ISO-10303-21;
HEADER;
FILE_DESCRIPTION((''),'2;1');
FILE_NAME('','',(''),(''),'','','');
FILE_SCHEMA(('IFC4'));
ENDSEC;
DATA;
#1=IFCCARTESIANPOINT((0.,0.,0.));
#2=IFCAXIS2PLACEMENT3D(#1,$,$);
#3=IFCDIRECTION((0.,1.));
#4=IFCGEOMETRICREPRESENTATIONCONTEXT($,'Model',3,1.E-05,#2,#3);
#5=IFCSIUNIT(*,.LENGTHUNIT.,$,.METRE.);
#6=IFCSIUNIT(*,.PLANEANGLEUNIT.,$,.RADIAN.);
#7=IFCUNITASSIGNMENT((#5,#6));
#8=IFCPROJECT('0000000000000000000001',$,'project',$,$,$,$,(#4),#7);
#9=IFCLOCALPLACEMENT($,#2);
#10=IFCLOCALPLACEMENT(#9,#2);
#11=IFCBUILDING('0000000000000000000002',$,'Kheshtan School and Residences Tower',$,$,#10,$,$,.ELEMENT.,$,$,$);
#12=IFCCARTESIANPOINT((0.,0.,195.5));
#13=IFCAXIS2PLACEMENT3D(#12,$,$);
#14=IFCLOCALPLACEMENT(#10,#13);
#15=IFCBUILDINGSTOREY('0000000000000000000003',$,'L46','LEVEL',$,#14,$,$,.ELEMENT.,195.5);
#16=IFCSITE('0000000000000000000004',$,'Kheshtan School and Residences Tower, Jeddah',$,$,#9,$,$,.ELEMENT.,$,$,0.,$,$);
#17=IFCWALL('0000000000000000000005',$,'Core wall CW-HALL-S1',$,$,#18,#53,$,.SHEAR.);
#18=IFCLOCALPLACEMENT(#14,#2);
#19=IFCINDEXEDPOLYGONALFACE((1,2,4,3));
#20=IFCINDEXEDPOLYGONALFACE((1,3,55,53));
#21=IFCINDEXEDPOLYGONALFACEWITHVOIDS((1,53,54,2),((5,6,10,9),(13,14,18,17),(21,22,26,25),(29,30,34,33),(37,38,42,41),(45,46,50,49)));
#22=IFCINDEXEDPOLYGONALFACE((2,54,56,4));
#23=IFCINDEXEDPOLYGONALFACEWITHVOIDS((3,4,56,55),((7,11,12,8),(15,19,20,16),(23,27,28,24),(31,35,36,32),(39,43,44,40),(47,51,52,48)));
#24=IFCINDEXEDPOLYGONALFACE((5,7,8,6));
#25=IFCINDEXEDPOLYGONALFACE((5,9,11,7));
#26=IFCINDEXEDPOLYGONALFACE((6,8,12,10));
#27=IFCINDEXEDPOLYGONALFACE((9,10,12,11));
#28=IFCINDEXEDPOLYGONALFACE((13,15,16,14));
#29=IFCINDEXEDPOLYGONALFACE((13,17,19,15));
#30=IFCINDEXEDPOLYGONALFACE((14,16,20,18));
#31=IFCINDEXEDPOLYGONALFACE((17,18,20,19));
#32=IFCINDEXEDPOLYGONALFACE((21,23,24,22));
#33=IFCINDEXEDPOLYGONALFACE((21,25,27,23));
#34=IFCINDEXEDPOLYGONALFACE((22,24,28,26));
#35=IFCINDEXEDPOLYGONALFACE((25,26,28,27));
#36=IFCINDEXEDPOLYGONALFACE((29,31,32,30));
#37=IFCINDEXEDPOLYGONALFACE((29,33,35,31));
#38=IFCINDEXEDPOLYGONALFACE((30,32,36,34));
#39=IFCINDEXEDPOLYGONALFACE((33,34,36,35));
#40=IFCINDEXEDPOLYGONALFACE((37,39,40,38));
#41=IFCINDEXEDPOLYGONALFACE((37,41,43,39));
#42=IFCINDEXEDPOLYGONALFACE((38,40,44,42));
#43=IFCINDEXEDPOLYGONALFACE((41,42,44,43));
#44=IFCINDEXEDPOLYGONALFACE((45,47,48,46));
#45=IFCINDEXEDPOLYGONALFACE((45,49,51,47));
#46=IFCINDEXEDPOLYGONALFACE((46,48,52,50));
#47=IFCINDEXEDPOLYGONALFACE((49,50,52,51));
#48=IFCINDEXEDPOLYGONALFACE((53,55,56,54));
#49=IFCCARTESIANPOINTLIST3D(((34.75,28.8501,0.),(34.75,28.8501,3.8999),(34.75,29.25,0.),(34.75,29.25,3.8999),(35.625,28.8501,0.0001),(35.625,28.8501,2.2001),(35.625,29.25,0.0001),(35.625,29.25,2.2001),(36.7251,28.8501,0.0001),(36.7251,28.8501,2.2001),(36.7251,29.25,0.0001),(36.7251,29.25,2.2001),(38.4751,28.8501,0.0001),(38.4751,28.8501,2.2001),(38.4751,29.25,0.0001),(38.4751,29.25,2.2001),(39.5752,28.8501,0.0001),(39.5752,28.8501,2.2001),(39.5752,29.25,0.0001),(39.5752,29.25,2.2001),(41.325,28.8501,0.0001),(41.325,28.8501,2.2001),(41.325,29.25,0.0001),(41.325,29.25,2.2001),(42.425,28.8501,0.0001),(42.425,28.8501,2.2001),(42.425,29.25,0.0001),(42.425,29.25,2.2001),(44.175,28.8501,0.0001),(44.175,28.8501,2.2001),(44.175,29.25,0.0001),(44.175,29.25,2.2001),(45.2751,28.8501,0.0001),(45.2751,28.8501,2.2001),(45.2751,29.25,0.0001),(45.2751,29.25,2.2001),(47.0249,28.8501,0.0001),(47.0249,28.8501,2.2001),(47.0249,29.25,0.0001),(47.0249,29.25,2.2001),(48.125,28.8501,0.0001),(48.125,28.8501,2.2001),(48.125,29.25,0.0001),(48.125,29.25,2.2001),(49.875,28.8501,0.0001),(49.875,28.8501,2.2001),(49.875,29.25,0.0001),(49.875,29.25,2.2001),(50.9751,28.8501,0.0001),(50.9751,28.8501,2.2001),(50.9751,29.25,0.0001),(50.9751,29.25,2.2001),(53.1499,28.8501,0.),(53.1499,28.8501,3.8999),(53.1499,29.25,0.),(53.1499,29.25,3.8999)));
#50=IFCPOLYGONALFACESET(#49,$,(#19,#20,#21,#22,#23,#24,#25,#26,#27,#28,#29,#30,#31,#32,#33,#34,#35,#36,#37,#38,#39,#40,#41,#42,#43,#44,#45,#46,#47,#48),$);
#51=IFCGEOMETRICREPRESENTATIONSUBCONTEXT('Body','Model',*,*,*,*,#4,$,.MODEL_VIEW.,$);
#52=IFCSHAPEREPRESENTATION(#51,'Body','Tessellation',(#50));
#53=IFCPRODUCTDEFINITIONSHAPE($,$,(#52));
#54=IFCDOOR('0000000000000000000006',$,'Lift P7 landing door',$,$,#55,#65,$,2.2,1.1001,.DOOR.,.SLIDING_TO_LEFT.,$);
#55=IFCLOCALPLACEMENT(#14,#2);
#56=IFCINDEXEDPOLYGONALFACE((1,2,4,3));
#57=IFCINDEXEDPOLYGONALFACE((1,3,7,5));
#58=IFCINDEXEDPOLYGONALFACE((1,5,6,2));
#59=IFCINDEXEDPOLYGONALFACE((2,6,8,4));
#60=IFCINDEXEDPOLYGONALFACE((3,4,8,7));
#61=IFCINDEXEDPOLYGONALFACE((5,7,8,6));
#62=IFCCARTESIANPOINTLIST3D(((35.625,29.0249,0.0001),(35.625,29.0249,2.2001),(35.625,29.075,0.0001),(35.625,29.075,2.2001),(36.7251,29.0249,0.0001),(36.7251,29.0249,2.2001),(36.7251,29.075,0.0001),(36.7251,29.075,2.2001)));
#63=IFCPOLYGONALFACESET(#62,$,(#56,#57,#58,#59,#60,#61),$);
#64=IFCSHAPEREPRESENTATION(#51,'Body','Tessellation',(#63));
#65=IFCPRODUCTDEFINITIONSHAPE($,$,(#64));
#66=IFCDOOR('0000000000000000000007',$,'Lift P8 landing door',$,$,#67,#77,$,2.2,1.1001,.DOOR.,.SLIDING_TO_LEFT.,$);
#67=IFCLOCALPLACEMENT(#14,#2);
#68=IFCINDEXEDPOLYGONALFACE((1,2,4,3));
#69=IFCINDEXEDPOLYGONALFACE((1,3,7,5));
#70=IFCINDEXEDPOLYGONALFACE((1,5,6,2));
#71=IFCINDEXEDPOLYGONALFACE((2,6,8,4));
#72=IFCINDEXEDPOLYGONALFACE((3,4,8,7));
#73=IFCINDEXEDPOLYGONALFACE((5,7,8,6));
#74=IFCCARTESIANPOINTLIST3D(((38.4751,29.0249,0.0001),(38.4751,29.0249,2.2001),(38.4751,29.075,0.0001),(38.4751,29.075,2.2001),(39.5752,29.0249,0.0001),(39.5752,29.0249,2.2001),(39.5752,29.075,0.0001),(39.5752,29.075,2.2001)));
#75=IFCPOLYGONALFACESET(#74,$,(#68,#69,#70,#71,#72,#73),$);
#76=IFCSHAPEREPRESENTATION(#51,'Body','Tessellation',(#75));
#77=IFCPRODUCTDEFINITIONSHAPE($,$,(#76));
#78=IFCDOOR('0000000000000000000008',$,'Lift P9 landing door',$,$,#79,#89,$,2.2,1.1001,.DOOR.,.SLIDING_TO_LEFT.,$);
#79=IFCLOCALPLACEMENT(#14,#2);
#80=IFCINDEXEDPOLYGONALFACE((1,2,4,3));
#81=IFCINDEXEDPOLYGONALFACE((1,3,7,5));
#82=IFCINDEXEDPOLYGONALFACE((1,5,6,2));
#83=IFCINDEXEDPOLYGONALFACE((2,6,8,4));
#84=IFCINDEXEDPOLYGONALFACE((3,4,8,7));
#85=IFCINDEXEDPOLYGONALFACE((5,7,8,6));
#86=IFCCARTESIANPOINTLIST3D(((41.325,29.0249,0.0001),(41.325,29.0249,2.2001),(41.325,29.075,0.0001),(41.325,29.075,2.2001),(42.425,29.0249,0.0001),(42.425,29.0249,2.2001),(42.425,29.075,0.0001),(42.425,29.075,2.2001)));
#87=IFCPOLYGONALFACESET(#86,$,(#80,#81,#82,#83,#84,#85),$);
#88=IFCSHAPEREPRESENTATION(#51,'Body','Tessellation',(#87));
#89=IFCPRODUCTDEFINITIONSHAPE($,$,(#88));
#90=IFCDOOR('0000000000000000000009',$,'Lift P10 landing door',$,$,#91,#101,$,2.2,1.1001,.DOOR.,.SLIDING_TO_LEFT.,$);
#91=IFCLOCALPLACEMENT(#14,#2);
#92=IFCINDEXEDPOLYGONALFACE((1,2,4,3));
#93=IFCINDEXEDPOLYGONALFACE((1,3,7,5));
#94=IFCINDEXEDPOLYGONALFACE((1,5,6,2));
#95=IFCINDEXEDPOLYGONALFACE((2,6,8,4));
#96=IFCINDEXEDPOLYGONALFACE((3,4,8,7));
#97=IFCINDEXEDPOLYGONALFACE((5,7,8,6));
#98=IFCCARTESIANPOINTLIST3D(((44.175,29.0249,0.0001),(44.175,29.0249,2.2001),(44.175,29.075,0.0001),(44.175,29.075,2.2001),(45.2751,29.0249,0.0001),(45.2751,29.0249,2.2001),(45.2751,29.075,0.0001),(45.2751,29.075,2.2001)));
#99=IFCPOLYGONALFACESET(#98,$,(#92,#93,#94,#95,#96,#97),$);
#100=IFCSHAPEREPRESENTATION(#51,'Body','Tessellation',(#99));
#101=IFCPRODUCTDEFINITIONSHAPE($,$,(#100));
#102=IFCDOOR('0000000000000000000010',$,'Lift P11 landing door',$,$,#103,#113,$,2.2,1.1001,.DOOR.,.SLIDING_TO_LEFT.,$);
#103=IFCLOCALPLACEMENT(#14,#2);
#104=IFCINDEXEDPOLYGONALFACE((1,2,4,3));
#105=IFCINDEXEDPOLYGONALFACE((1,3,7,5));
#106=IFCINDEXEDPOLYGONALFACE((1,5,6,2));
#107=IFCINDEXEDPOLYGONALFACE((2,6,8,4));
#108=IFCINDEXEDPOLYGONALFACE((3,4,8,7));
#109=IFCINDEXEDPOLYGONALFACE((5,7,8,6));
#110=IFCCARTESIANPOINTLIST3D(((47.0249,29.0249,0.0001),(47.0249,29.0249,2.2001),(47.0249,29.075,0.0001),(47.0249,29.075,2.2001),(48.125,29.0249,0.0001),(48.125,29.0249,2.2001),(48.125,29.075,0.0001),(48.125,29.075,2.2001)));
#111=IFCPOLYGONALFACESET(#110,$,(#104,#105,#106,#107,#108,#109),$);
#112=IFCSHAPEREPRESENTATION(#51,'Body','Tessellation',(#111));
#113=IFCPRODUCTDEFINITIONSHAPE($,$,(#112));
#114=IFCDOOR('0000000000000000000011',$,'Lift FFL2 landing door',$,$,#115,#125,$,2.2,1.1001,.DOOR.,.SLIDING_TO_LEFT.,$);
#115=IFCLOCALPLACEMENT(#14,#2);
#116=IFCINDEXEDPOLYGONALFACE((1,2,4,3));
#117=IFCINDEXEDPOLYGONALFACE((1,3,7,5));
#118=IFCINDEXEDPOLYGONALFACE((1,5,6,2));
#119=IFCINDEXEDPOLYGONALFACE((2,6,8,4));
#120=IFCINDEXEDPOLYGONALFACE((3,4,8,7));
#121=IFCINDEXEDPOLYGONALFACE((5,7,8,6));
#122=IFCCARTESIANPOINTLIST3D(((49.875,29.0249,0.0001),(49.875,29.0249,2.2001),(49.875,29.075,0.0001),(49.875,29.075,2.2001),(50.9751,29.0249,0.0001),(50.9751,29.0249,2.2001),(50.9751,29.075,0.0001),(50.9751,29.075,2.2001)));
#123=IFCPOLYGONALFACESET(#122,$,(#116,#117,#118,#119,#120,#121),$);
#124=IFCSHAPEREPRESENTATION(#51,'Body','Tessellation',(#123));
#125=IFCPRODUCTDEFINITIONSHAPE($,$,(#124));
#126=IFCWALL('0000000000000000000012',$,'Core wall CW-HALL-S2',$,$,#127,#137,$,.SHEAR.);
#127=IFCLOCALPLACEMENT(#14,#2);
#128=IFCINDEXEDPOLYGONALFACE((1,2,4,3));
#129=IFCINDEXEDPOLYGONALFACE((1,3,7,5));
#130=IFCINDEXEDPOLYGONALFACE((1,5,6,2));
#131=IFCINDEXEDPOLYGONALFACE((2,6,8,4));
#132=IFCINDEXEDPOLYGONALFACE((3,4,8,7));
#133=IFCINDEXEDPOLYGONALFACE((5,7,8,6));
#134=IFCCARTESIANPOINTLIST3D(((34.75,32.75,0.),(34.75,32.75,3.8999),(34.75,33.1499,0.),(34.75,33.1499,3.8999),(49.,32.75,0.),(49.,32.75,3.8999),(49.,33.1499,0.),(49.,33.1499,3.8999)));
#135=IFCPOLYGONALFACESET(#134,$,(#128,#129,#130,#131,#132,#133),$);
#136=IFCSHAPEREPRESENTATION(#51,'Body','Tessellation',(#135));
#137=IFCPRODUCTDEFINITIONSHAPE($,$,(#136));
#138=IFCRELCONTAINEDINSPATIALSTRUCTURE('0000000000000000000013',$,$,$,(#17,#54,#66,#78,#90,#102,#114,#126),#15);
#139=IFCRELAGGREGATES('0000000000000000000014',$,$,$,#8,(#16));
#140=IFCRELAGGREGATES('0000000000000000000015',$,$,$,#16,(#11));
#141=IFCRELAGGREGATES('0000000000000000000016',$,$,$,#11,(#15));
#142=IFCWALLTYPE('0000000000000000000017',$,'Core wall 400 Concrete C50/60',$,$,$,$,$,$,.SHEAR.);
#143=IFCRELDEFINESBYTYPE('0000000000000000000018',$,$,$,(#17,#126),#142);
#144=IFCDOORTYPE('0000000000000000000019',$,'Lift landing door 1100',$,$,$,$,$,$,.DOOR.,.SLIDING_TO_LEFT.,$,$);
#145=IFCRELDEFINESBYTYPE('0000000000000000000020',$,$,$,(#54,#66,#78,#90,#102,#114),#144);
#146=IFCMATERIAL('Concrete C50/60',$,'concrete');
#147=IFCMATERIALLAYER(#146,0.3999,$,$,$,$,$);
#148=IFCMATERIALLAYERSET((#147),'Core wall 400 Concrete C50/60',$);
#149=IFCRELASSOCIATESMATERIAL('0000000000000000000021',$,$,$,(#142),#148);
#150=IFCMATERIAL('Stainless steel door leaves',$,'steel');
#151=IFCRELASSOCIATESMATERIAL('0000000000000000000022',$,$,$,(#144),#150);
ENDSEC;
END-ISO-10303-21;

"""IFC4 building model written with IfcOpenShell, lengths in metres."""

from ifc_helpers import new_model, si_unit, direction, frame, frame_2d, origin, place, context, subcontext, project, spatial, rectangle, extrude, source, transform, mapped, material, layer, layer_set, type_object, element, fill, save


model = new_model("IFC4")

# Units and contexts
model_context = context("Model", 3, precision=1e-05, world=origin(), true_north=direction((0.0, 1.0)))
body_context = subcontext(model_context, "Body", "Model", "MODEL_VIEW")
ifc_project = project(units=[si_unit("LENGTHUNIT", "METRE"), si_unit("PLANEANGLEUNIT", "RADIAN")], contexts=[model_context])

# Site, building, storey
site_placement = place(None, origin())
site = spatial("IfcSite", under=ifc_project, at=site_placement, Name="Kheshtan School and Residences Tower, Jeddah", CompositionType="ELEMENT", RefElevation=0.0)
building_placement = place(site_placement, origin())
building = spatial("IfcBuilding", under=site, at=building_placement, Name="Kheshtan School and Residences Tower", CompositionType="ELEMENT")
storey_placement = place(building_placement, frame((0.0, 0.0, 195.5)))
storey = spatial("IfcBuildingStorey", under=building, at=storey_placement, Name="L46", Description="LEVEL", CompositionType="ELEMENT", Elevation=195.5)

# Wall, openings, doors
ifc_material_1 = material(Name="Concrete C50/60", Category="concrete")
ifc_layer_1 = layer(ifc_material_1, 0.3999)
ifc_layer_set_1 = layer_set([ifc_layer_1], Name="Core wall 400 Concrete C50/60")
wall_type_1 = type_object("IfcWallType", Name="Core wall 400 Concrete C50/60", PredefinedType="SHEAR", material=ifc_layer_set_1)
wall_1_placement = place(storey_placement, frame((34.75, 29.05, 0.0), z_axis=(0.0, 0.0, 1.0), x_axis=(1.0, 0.0, 0.0)))
wall_1 = element("IfcWall", 1, at=wall_1_placement, inside=storey, type_object=wall_type_1, Name="Core wall CW-HALL-S1", PredefinedType="SHEAR", context=body_context, shape_type="SweptSolid", body=[
    extrude(rectangle(XDim=18.3999, YDim=0.3999, at=frame_2d((9.2, 0.0))), origin(), (0.0, 0.0, 1.0), 3.8999),
])
opening_1_placement = place(wall_1_placement, frame((0.875, 0.0, 0.0)))
opening_1 = element("IfcOpeningElement", 2, at=opening_1_placement, cuts=wall_1, PredefinedType="OPENING", context=body_context, shape_type="SweptSolid", body=[
    extrude(rectangle(XDim=1.1001, YDim=2.2, at=frame_2d((0.55, 1.1001))), frame((0.0, 0.21, 0.0), z_axis=(0.0, -1.0, 0.0), x_axis=(1.0, 0.0, 0.0)), (0.0, 0.0, 1.0), 0.4199),
])
opening_2_placement = place(wall_1_placement, frame((3.7251, 0.0, 0.0)))
opening_2 = element("IfcOpeningElement", 3, at=opening_2_placement, cuts=wall_1, PredefinedType="OPENING", context=body_context, shape_type="SweptSolid", body=[
    extrude(rectangle(XDim=1.1001, YDim=2.2, at=frame_2d((0.55, 1.1001))), frame((0.0, 0.21, 0.0), z_axis=(0.0, -1.0, 0.0), x_axis=(1.0, 0.0, 0.0)), (0.0, 0.0, 1.0), 0.4199),
])
opening_3_placement = place(wall_1_placement, frame((6.575, 0.0, 0.0)))
opening_3 = element("IfcOpeningElement", 4, at=opening_3_placement, cuts=wall_1, PredefinedType="OPENING", context=body_context, shape_type="SweptSolid", body=[
    extrude(rectangle(XDim=1.1001, YDim=2.2, at=frame_2d((0.55, 1.1001))), frame((0.0, 0.21, 0.0), z_axis=(0.0, -1.0, 0.0), x_axis=(1.0, 0.0, 0.0)), (0.0, 0.0, 1.0), 0.4199),
])
opening_4_placement = place(wall_1_placement, frame((9.425, 0.0, 0.0)))
opening_4 = element("IfcOpeningElement", 5, at=opening_4_placement, cuts=wall_1, PredefinedType="OPENING", context=body_context, shape_type="SweptSolid", body=[
    extrude(rectangle(XDim=1.1001, YDim=2.2, at=frame_2d((0.55, 1.1001))), frame((0.0, 0.21, 0.0), z_axis=(0.0, -1.0, 0.0), x_axis=(1.0, 0.0, 0.0)), (0.0, 0.0, 1.0), 0.4199),
])
opening_5_placement = place(wall_1_placement, frame((12.2749, 0.0, 0.0)))
opening_5 = element("IfcOpeningElement", 6, at=opening_5_placement, cuts=wall_1, PredefinedType="OPENING", context=body_context, shape_type="SweptSolid", body=[
    extrude(rectangle(XDim=1.1001, YDim=2.2, at=frame_2d((0.55, 1.1001))), frame((0.0, 0.21, 0.0), z_axis=(0.0, -1.0, 0.0), x_axis=(1.0, 0.0, 0.0)), (0.0, 0.0, 1.0), 0.4199),
])
opening_6_placement = place(wall_1_placement, frame((15.125, 0.0, 0.0)))
opening_6 = element("IfcOpeningElement", 7, at=opening_6_placement, cuts=wall_1, PredefinedType="OPENING", context=body_context, shape_type="SweptSolid", body=[
    extrude(rectangle(XDim=1.1001, YDim=2.2, at=frame_2d((0.55, 1.1001))), frame((0.0, 0.21, 0.0), z_axis=(0.0, -1.0, 0.0), x_axis=(1.0, 0.0, 0.0)), (0.0, 0.0, 1.0), 0.4199),
])
ifc_material_2 = material(Name="Stainless steel door leaves", Category="steel")
door_type_1 = type_object("IfcDoorType", Name="Lift landing door 1100", OperationType="SLIDING_TO_LEFT", PredefinedType="DOOR", material=ifc_material_2)
shared_shape_1 = source(origin(), body_context, "Body", "SweptSolid", [
    extrude(rectangle(XDim=1.1001, YDim=2.2, at=frame_2d((0.55, 1.1001))), frame((0.0, 0.0249, 0.0), z_axis=(0.0, -1.0, 0.0), x_axis=(1.0, 0.0, 0.0)), (0.0, 0.0, 1.0), 0.05),
])
door_1_placement = place(opening_1_placement, origin())
door_1 = element("IfcDoor", 8, at=door_1_placement, inside=storey, type_object=door_type_1, Name="Lift P7 landing door", OperationType="SLIDING_TO_LEFT", OverallHeight=2.2, OverallWidth=1.1001, PredefinedType="DOOR", context=body_context, shape_type="MappedRepresentation", body=[
    mapped(shared_shape_1, transform((0.0, 0.0, 0.0), x_axis=(1.0, 0.0, 0.0), y_axis=(0.0, 1.0, 0.0), z_axis=(0.0, 0.0, 1.0), scale=1.0)),
])
fill(opening_1, door_1)
door_2_placement = place(opening_2_placement, origin())
door_2 = element("IfcDoor", 9, at=door_2_placement, inside=storey, type_object=door_type_1, Name="Lift P8 landing door", OperationType="SLIDING_TO_LEFT", OverallHeight=2.2, OverallWidth=1.1001, PredefinedType="DOOR", context=body_context, shape_type="MappedRepresentation", body=[
    mapped(shared_shape_1, transform((0.0, 0.0, 0.0), x_axis=(1.0, 0.0, 0.0), y_axis=(0.0, 1.0, 0.0), z_axis=(0.0, 0.0, 1.0), scale=1.0)),
])
fill(opening_2, door_2)
door_3_placement = place(opening_3_placement, origin())
door_3 = element("IfcDoor", 10, at=door_3_placement, inside=storey, type_object=door_type_1, Name="Lift P9 landing door", OperationType="SLIDING_TO_LEFT", OverallHeight=2.2, OverallWidth=1.1001, PredefinedType="DOOR", context=body_context, shape_type="MappedRepresentation", body=[
    mapped(shared_shape_1, transform((0.0, 0.0, 0.0), x_axis=(1.0, 0.0, 0.0), y_axis=(0.0, 1.0, 0.0), z_axis=(0.0, 0.0, 1.0), scale=1.0)),
])
fill(opening_3, door_3)
door_4_placement = place(opening_4_placement, origin())
door_4 = element("IfcDoor", 11, at=door_4_placement, inside=storey, type_object=door_type_1, Name="Lift P10 landing door", OperationType="SLIDING_TO_LEFT", OverallHeight=2.2, OverallWidth=1.1001, PredefinedType="DOOR", context=body_context, shape_type="MappedRepresentation", body=[
    mapped(shared_shape_1, transform((0.0, 0.0, 0.0), x_axis=(1.0, 0.0, 0.0), y_axis=(0.0, 1.0, 0.0), z_axis=(0.0, 0.0, 1.0), scale=1.0)),
])
fill(opening_4, door_4)
door_5_placement = place(opening_5_placement, origin())
door_5 = element("IfcDoor", 12, at=door_5_placement, inside=storey, type_object=door_type_1, Name="Lift P11 landing door", OperationType="SLIDING_TO_LEFT", OverallHeight=2.2, OverallWidth=1.1001, PredefinedType="DOOR", context=body_context, shape_type="MappedRepresentation", body=[
    mapped(shared_shape_1, transform((0.0, 0.0, 0.0), x_axis=(1.0, 0.0, 0.0), y_axis=(0.0, 1.0, 0.0), z_axis=(0.0, 0.0, 1.0), scale=1.0)),
])
fill(opening_5, door_5)
door_6_placement = place(opening_6_placement, origin())
door_6 = element("IfcDoor", 13, at=door_6_placement, inside=storey, type_object=door_type_1, Name="Lift FFL2 landing door", OperationType="SLIDING_TO_LEFT", OverallHeight=2.2, OverallWidth=1.1001, PredefinedType="DOOR", context=body_context, shape_type="MappedRepresentation", body=[
    mapped(shared_shape_1, transform((0.0, 0.0, 0.0), x_axis=(1.0, 0.0, 0.0), y_axis=(0.0, 1.0, 0.0), z_axis=(0.0, 0.0, 1.0), scale=1.0)),
])
fill(opening_6, door_6)

# Wall
wall_2_placement = place(storey_placement, frame((34.75, 32.95, 0.0), z_axis=(0.0, 0.0, 1.0), x_axis=(1.0, 0.0, 0.0)))
element("IfcWall", 14, at=wall_2_placement, inside=storey, type_object=wall_type_1, Name="Core wall CW-HALL-S2", PredefinedType="SHEAR", context=body_context, shape_type="SweptSolid", body=[
    extrude(rectangle(XDim=14.25, YDim=0.3999, at=frame_2d((7.125, 0.0))), origin(), (0.0, 0.0, 1.0), 3.8999),
])

save(model, "model.ifc")
